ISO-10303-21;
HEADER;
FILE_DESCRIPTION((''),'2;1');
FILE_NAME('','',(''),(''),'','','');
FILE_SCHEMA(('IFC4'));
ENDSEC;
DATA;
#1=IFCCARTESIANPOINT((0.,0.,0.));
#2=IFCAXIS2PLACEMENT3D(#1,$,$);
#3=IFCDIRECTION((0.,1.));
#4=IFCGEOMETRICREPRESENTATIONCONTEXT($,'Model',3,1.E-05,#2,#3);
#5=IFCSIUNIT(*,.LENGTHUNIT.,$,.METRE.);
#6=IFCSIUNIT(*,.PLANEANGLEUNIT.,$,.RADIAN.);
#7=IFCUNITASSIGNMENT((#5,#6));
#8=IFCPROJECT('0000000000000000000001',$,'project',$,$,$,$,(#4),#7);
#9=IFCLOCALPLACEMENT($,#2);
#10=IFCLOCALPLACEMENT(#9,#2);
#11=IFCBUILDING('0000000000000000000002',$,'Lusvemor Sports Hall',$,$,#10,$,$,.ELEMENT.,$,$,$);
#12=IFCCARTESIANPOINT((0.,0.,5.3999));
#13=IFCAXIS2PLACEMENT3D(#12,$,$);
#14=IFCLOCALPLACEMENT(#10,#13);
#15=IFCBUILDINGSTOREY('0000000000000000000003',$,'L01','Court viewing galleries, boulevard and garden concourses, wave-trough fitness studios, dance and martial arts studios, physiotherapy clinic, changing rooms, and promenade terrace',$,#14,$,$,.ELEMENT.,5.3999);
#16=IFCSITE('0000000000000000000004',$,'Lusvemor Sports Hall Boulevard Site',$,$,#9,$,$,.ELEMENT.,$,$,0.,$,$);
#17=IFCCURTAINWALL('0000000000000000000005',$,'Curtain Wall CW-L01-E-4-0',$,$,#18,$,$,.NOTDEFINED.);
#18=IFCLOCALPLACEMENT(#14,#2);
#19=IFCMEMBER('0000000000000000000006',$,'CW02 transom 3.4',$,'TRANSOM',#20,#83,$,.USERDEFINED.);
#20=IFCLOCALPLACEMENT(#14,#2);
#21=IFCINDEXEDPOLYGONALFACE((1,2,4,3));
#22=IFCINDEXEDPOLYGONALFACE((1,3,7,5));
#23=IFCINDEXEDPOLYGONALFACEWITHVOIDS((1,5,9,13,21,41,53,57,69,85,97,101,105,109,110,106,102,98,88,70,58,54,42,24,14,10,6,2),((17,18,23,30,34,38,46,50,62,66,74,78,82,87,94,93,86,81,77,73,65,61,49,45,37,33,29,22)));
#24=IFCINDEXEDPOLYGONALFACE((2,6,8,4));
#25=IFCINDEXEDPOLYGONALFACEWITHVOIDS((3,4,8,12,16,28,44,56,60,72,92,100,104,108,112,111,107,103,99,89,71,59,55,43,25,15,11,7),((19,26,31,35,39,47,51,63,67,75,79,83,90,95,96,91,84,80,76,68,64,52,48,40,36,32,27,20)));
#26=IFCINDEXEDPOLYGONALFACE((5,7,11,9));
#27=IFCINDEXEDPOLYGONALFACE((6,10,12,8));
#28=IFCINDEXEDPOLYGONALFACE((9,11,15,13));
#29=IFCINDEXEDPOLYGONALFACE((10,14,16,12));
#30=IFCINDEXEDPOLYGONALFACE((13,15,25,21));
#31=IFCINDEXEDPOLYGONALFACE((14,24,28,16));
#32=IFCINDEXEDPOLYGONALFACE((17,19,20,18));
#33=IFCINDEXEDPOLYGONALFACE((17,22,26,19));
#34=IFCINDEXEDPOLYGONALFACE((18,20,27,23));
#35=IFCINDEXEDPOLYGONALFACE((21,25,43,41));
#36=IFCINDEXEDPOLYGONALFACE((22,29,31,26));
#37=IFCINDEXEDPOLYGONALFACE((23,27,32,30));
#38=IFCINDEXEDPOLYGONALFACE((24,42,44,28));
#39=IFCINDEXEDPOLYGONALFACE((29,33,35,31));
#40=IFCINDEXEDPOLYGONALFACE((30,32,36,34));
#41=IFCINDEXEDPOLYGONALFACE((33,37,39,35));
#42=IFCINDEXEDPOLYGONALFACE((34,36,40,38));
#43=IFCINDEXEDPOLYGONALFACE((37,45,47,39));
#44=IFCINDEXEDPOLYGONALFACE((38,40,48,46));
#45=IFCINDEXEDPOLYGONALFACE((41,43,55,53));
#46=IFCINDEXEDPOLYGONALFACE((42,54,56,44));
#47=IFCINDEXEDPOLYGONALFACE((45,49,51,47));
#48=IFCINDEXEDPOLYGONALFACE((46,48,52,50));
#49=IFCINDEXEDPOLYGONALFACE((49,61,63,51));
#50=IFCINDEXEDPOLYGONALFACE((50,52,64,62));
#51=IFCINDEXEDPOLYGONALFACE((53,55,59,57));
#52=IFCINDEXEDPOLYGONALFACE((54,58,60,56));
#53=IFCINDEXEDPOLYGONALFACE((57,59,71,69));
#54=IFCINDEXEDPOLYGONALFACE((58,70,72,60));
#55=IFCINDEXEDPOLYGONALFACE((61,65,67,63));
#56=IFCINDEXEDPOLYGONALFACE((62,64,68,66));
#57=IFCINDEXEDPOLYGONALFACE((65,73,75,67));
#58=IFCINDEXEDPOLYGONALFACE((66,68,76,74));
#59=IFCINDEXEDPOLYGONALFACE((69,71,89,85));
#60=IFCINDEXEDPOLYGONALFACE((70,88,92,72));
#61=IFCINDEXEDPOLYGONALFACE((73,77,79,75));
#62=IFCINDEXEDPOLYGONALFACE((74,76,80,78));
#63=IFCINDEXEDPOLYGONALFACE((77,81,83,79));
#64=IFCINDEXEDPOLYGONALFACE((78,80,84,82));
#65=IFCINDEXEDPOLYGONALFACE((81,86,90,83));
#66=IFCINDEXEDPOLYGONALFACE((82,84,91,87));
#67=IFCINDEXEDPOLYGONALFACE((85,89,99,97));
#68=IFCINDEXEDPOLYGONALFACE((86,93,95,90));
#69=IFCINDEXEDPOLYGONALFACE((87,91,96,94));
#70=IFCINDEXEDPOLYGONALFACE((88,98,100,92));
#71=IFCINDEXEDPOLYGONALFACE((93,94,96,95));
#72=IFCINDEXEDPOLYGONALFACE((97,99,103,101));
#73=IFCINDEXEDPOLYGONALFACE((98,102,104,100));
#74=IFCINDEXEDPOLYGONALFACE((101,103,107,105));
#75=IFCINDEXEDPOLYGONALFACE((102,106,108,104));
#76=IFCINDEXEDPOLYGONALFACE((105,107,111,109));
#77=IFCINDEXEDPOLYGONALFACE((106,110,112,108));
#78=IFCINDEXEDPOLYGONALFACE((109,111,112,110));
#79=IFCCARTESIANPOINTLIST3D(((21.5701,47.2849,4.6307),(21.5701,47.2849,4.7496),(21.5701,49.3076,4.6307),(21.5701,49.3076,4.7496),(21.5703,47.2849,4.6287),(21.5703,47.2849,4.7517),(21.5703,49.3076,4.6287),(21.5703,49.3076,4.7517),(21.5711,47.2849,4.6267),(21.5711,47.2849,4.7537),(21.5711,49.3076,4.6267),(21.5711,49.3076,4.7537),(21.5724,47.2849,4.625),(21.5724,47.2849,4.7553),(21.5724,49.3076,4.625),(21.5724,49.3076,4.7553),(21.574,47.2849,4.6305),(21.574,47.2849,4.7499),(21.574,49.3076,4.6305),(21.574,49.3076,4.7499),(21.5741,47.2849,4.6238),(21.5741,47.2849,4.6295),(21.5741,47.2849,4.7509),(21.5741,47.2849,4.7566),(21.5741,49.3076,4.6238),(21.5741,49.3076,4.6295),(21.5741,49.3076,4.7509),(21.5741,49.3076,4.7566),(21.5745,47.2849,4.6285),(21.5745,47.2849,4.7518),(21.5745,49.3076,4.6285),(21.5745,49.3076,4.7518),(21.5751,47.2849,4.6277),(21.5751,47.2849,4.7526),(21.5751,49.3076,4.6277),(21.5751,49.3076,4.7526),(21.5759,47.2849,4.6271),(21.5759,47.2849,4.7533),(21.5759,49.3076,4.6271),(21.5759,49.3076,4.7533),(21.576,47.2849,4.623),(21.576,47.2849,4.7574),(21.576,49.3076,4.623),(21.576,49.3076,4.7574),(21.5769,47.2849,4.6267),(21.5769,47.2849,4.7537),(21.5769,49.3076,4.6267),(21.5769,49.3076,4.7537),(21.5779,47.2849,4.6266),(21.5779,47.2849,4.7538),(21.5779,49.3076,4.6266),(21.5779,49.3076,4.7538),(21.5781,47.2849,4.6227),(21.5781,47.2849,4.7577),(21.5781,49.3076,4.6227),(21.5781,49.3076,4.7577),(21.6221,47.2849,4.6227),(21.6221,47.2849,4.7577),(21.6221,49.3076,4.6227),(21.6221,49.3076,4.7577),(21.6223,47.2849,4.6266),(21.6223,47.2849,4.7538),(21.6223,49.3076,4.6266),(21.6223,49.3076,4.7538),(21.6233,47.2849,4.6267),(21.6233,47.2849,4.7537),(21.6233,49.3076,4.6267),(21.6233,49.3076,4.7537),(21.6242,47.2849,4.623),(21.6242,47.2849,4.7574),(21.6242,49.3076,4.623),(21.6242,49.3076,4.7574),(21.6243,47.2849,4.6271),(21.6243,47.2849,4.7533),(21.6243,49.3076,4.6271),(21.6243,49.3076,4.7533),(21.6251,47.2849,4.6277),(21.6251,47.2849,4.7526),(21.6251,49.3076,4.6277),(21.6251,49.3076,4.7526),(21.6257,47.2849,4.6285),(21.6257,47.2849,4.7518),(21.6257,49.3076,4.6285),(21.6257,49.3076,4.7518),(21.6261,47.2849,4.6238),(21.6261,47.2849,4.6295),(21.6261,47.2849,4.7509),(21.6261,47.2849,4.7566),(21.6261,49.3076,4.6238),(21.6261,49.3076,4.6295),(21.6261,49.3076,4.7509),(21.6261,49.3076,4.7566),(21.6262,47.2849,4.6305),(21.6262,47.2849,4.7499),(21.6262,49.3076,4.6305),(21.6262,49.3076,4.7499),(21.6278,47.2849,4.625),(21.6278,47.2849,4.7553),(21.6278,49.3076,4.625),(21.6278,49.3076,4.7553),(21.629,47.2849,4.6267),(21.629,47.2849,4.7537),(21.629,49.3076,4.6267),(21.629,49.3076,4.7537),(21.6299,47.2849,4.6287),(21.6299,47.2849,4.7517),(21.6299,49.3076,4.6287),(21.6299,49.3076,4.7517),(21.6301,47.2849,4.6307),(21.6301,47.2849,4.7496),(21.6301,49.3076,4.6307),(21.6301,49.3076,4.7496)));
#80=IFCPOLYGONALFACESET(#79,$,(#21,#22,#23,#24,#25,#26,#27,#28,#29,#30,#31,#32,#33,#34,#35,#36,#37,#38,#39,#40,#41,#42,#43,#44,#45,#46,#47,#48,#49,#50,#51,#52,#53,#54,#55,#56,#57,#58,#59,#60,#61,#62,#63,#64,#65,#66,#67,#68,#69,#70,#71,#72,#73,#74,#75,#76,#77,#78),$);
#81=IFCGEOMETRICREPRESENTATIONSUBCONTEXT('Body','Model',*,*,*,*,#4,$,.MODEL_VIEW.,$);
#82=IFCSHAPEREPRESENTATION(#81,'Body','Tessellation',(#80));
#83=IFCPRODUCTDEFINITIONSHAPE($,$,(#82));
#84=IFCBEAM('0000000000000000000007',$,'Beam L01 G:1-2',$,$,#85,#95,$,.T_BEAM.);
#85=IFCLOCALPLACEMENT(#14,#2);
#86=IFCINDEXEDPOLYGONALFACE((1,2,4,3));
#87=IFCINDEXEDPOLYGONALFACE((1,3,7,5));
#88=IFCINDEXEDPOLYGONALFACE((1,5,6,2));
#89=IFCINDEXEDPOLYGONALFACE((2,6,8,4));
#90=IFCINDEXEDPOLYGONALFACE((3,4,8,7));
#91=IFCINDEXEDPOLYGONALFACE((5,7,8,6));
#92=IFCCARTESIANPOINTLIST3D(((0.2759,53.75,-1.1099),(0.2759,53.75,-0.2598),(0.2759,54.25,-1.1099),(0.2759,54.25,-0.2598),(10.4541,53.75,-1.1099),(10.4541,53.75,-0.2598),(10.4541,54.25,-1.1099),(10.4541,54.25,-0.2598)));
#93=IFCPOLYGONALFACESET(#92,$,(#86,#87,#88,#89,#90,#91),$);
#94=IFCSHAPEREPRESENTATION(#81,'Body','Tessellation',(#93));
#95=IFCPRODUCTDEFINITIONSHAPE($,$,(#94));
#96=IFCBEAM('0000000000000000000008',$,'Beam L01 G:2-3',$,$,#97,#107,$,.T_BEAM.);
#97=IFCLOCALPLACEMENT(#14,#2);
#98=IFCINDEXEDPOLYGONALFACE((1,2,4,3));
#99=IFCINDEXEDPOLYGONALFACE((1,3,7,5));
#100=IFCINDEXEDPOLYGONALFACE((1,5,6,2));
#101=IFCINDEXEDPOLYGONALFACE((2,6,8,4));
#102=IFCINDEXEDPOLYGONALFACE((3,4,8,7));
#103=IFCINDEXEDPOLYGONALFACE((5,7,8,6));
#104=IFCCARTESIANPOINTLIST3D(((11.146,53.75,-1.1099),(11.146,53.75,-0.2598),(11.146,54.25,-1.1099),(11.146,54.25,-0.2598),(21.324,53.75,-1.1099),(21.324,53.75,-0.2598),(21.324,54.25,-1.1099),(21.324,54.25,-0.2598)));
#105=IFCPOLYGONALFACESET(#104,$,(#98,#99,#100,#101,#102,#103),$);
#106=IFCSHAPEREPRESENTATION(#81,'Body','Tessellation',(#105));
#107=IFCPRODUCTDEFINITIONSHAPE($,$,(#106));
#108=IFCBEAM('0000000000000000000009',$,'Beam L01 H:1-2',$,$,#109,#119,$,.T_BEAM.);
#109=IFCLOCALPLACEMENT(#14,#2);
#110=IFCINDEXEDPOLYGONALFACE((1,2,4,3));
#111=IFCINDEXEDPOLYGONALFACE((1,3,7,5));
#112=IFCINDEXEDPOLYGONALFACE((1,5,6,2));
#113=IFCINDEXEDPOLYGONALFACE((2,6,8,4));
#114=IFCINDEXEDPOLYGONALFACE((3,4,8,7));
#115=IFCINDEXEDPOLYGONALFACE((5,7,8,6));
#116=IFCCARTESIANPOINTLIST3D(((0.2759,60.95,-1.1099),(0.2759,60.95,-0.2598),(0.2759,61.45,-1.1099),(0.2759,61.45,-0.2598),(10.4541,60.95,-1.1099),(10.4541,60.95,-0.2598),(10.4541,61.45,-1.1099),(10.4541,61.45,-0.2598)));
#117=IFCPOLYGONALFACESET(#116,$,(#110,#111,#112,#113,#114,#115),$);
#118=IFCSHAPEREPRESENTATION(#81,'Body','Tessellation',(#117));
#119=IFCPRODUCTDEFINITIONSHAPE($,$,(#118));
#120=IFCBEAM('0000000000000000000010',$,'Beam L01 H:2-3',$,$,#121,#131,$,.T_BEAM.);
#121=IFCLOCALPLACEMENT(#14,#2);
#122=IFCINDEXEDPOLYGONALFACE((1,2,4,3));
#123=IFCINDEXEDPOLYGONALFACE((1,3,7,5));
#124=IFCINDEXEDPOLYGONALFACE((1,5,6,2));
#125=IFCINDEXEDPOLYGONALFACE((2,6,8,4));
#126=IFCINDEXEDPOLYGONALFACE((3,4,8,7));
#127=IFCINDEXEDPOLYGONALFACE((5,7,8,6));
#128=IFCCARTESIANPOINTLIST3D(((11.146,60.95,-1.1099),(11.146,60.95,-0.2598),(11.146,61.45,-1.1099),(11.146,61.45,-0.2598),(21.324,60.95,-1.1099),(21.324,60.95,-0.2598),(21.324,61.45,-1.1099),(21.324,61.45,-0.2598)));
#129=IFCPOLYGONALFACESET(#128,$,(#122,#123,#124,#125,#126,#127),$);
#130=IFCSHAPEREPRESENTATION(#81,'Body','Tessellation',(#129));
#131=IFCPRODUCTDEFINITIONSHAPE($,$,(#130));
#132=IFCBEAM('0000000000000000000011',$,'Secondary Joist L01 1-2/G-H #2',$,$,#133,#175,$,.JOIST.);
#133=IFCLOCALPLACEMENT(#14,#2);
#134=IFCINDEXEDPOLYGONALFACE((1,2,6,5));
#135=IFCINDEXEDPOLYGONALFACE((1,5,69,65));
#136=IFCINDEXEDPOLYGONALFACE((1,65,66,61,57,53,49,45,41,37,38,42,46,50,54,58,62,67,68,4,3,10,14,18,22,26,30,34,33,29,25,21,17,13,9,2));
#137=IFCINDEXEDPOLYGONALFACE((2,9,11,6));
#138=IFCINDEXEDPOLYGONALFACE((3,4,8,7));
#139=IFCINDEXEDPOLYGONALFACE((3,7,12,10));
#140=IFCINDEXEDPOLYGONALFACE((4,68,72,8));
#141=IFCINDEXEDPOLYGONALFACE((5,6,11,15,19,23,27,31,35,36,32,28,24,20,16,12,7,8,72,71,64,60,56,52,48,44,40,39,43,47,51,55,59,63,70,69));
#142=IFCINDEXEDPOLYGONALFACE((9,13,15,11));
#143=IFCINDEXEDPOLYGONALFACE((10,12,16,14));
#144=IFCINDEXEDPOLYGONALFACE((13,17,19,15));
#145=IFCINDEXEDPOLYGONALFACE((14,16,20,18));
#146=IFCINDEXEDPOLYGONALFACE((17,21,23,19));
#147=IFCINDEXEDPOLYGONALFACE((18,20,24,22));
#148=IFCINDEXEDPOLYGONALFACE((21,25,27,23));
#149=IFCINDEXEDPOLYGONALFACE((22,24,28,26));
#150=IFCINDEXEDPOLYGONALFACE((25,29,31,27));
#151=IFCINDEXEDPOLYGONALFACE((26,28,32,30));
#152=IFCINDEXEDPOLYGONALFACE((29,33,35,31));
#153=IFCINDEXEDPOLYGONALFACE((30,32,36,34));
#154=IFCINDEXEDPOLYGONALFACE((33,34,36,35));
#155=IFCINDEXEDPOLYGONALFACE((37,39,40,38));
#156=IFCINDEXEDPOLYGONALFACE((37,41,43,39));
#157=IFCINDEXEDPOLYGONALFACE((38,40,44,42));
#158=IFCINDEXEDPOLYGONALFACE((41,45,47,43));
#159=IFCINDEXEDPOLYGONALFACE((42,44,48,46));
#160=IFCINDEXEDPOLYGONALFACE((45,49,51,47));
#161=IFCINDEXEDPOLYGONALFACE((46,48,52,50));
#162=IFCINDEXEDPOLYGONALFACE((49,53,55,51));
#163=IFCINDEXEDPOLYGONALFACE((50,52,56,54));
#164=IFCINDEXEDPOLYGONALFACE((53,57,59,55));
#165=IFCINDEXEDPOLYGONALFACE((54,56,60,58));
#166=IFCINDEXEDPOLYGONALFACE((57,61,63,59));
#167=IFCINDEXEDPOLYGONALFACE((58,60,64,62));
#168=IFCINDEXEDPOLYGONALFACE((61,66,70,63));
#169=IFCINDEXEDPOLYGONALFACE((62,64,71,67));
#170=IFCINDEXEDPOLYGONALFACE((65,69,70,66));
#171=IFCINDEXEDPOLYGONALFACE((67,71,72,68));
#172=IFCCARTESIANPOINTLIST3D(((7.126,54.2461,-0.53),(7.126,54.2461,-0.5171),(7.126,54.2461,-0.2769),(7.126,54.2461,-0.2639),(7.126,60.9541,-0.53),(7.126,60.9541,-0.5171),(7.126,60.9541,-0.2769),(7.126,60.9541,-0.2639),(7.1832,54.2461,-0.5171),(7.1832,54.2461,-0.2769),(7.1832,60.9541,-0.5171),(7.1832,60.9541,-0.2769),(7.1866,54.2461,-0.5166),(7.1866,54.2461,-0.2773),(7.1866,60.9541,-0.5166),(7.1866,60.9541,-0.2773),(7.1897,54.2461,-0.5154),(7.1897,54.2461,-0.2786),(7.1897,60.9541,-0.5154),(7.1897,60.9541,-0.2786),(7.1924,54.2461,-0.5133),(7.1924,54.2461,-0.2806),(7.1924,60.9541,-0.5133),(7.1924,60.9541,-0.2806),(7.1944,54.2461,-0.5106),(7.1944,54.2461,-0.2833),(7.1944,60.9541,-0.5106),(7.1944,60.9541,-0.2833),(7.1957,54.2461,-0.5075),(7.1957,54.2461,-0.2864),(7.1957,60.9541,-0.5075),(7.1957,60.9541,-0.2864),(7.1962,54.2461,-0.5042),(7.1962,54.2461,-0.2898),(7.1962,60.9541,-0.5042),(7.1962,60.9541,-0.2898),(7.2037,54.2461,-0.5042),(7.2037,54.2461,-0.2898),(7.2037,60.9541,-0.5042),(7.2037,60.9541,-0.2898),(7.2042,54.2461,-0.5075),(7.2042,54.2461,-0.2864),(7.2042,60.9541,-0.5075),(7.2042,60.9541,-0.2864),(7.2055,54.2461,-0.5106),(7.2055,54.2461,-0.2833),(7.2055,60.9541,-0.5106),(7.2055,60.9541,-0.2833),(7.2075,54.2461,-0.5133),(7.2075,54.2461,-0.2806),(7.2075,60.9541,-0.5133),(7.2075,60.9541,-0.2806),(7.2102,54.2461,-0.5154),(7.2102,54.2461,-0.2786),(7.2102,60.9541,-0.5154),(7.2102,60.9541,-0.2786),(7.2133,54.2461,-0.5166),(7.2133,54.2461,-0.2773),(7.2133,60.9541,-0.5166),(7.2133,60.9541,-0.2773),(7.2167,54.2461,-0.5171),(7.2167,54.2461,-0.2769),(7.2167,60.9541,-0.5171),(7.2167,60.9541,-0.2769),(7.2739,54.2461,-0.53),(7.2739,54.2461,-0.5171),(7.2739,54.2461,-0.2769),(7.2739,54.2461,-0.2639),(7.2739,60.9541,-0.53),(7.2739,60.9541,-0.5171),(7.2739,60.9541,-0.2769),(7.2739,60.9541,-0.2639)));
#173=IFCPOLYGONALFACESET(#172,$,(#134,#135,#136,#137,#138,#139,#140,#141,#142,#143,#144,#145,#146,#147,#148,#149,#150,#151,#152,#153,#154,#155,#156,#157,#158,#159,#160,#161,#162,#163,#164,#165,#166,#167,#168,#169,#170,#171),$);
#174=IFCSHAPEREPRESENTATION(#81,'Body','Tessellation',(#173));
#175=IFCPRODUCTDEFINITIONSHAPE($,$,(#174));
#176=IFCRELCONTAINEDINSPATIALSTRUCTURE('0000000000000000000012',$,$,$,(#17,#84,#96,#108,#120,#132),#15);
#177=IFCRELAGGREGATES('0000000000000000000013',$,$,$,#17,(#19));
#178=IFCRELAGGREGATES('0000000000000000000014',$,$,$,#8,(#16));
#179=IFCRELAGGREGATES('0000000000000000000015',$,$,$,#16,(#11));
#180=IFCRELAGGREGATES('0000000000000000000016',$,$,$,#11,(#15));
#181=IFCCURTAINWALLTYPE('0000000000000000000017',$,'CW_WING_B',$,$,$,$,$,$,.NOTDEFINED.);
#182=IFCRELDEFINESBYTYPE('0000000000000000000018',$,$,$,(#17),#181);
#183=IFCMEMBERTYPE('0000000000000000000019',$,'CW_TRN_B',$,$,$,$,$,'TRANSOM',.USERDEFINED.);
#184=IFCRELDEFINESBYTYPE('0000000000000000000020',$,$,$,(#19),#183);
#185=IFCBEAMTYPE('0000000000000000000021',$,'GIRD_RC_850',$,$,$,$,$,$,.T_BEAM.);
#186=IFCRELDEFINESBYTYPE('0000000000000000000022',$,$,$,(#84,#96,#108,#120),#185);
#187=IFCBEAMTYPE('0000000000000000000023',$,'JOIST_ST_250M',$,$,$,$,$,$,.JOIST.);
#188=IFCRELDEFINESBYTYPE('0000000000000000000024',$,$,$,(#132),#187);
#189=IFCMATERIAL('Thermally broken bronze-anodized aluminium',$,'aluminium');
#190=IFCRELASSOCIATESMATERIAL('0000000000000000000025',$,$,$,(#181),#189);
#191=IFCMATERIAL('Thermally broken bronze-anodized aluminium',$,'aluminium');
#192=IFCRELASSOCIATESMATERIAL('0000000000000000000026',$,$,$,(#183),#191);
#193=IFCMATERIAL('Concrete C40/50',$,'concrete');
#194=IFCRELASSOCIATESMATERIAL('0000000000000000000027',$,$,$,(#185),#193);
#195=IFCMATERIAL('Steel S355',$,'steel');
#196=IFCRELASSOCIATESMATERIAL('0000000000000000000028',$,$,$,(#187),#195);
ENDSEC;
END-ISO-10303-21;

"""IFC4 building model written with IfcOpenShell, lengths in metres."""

from ifc_helpers import new_model, si_unit, direction, frame, origin, origin_2d, place, context, subcontext, project, spatial, rectangle, hollow_rectangle, i_section, extrude, material, material_profile, profile_set, type_object, element, aggregate, save


model = new_model("IFC4")

# Units and contexts
model_context = context("Model", 3, precision=1e-05, world=origin(), true_north=direction((0.0, 1.0)))
body_context = subcontext(model_context, "Body", "Model", "MODEL_VIEW")
ifc_project = project(units=[si_unit("LENGTHUNIT", "METRE"), si_unit("PLANEANGLEUNIT", "RADIAN")], contexts=[model_context])

# Site, building, storey
site_placement = place(None, origin())
site = spatial("IfcSite", under=ifc_project, at=site_placement, Name="Lusvemor Sports Hall Boulevard Site", CompositionType="ELEMENT", RefElevation=0.0)
building_placement = place(site_placement, origin())
building = spatial("IfcBuilding", under=site, at=building_placement, Name="Lusvemor Sports Hall", CompositionType="ELEMENT")
storey_placement = place(building_placement, frame((0.0, 0.0, 5.3999)))
storey = spatial("IfcBuildingStorey", under=building, at=storey_placement, Name="L01", Description="Court viewing galleries, boulevard and garden concourses, wave-trough fitness studios, dance and martial arts studios, physiotherapy clinic, changing rooms, and promenade terrace", CompositionType="ELEMENT", Elevation=5.3999)

# Shared definitions
ifc_material_1 = material(Name="Thermally broken bronze-anodized aluminium", Category="aluminium")
curtain_wall_type = type_object("IfcCurtainWallType", Name="CW_WING_B", PredefinedType="NOTDEFINED", material=ifc_material_1)

# Curtain wall, member
curtain_wall_1_placement = place(storey_placement, origin())
curtain_wall_1 = element("IfcCurtainWall", 1, at=curtain_wall_1_placement, inside=storey, type_object=curtain_wall_type, Name="Curtain Wall CW-L01-E-4-0", PredefinedType="NOTDEFINED")
ifc_material_2 = material(Name="Thermally broken bronze-anodized aluminium", Category="aluminium")
ifc_material_profile_1 = material_profile(ifc_material_2, hollow_rectangle(XDim=0.0601, YDim=0.135, WallThickness=0.0039, InnerFilletRadius=0.0039, OuterFilletRadius=0.0081, at=origin_2d()), Name="CWTRN135x60x4")
ifc_profile_set_1 = profile_set([ifc_material_profile_1], Name="Thermally broken bronze-anodized aluminium")
member_type_1 = type_object("IfcMemberType", Name="CW_TRN_B", ElementType="TRANSOM", PredefinedType="USERDEFINED", material=ifc_profile_set_1)
member_1_placement = place(storey_placement, frame((21.6001, 49.3076, 4.6902), z_axis=(0.0, -1.0, 0.0), x_axis=(1.0, 0.0, 0.0)))
member_1 = element("IfcMember", 2, at=member_1_placement, type_object=member_type_1, Name="CW02 transom 3.4", ObjectType="TRANSOM", PredefinedType="USERDEFINED", context=body_context, shape_type="SweptSolid", body=[
    extrude(hollow_rectangle(XDim=0.0601, YDim=0.135, WallThickness=0.0039, InnerFilletRadius=0.0039, OuterFilletRadius=0.0081, at=origin_2d()), origin(), (0.0, 0.0, 1.0), 2.0227),
])

# Beams
ifc_material_3 = material(Name="Concrete C40/50", Category="concrete")
ifc_material_profile_2 = material_profile(ifc_material_3, rectangle(XDim=0.5, YDim=0.8501, at=origin_2d()), Name="RC500x850")
ifc_profile_set_2 = profile_set([ifc_material_profile_2], Name="Concrete C40/50")
beam_type_1 = type_object("IfcBeamType", Name="GIRD_RC_850", PredefinedType="T_BEAM", material=ifc_profile_set_2)
beam_1_placement = place(storey_placement, frame((0.2759, 54.0, -0.6848), z_axis=(1.0, 0.0, 0.0), x_axis=(0.0, 1.0, 0.0)))
element("IfcBeam", 3, at=beam_1_placement, inside=storey, type_object=beam_type_1, Name="Beam L01 G:1-2", PredefinedType="T_BEAM", context=body_context, shape_type="SweptSolid", body=[
    extrude(rectangle(XDim=0.5, YDim=0.8501, at=origin_2d()), origin(), (0.0, 0.0, 1.0), 10.1782),
])
beam_2_placement = place(storey_placement, frame((11.146, 54.0, -0.6848), z_axis=(1.0, 0.0, 0.0), x_axis=(0.0, 1.0, 0.0)))
element("IfcBeam", 4, at=beam_2_placement, inside=storey, type_object=beam_type_1, Name="Beam L01 G:2-3", PredefinedType="T_BEAM", context=body_context, shape_type="SweptSolid", body=[
    extrude(rectangle(XDim=0.5, YDim=0.8501, at=origin_2d()), origin(), (0.0, 0.0, 1.0), 10.178),
])
beam_3_placement = place(storey_placement, frame((0.2759, 61.2, -0.6848), z_axis=(1.0, 0.0, 0.0), x_axis=(0.0, 1.0, 0.0)))
element("IfcBeam", 5, at=beam_3_placement, inside=storey, type_object=beam_type_1, Name="Beam L01 H:1-2", PredefinedType="T_BEAM", context=body_context, shape_type="SweptSolid", body=[
    extrude(rectangle(XDim=0.5, YDim=0.8501, at=origin_2d()), origin(), (0.0, 0.0, 1.0), 10.1782),
])
beam_4_placement = place(storey_placement, frame((11.146, 61.2, -0.6848), z_axis=(1.0, 0.0, 0.0), x_axis=(0.0, 1.0, 0.0)))
element("IfcBeam", 6, at=beam_4_placement, inside=storey, type_object=beam_type_1, Name="Beam L01 H:2-3", PredefinedType="T_BEAM", context=body_context, shape_type="SweptSolid", body=[
    extrude(rectangle(XDim=0.5, YDim=0.8501, at=origin_2d()), origin(), (0.0, 0.0, 1.0), 10.178),
])
ifc_material_4 = material(Name="Steel S355", Category="steel")
ifc_material_profile_3 = material_profile(ifc_material_4, i_section(OverallWidth=0.1479, OverallDepth=0.2661, WebThickness=0.0076, FlangeThickness=0.0129, FilletRadius=0.0129, at=origin_2d()), Name="W250x44.8")
ifc_profile_set_3 = profile_set([ifc_material_profile_3], Name="Steel S355")
beam_type_2 = type_object("IfcBeamType", Name="JOIST_ST_250M", PredefinedType="JOIST", material=ifc_profile_set_3)
for number, where, z_axis, x_axis, name in (
    (7, (7.2, 54.2461, -0.397), (0.0, 1.0, 0.0), (-1.0, 0.0, 0.0), "Secondary Joist L01 1-2/G-H #2"),
):
    element("IfcBeam", number, at=place(storey_placement, frame(where, z_axis=z_axis, x_axis=x_axis)), inside=storey, type_object=beam_type_2, Name=name, PredefinedType="JOIST", context=body_context, shape_type="SweptSolid", body=[
        extrude(i_section(OverallWidth=0.1479, OverallDepth=0.2661, WebThickness=0.0076, FlangeThickness=0.0129, FilletRadius=0.0129, at=origin_2d()), origin(), (0.0, 0.0, 1.0), 6.708),
    ])

aggregate(curtain_wall_1, [member_1])

save(model, "model.ifc")
